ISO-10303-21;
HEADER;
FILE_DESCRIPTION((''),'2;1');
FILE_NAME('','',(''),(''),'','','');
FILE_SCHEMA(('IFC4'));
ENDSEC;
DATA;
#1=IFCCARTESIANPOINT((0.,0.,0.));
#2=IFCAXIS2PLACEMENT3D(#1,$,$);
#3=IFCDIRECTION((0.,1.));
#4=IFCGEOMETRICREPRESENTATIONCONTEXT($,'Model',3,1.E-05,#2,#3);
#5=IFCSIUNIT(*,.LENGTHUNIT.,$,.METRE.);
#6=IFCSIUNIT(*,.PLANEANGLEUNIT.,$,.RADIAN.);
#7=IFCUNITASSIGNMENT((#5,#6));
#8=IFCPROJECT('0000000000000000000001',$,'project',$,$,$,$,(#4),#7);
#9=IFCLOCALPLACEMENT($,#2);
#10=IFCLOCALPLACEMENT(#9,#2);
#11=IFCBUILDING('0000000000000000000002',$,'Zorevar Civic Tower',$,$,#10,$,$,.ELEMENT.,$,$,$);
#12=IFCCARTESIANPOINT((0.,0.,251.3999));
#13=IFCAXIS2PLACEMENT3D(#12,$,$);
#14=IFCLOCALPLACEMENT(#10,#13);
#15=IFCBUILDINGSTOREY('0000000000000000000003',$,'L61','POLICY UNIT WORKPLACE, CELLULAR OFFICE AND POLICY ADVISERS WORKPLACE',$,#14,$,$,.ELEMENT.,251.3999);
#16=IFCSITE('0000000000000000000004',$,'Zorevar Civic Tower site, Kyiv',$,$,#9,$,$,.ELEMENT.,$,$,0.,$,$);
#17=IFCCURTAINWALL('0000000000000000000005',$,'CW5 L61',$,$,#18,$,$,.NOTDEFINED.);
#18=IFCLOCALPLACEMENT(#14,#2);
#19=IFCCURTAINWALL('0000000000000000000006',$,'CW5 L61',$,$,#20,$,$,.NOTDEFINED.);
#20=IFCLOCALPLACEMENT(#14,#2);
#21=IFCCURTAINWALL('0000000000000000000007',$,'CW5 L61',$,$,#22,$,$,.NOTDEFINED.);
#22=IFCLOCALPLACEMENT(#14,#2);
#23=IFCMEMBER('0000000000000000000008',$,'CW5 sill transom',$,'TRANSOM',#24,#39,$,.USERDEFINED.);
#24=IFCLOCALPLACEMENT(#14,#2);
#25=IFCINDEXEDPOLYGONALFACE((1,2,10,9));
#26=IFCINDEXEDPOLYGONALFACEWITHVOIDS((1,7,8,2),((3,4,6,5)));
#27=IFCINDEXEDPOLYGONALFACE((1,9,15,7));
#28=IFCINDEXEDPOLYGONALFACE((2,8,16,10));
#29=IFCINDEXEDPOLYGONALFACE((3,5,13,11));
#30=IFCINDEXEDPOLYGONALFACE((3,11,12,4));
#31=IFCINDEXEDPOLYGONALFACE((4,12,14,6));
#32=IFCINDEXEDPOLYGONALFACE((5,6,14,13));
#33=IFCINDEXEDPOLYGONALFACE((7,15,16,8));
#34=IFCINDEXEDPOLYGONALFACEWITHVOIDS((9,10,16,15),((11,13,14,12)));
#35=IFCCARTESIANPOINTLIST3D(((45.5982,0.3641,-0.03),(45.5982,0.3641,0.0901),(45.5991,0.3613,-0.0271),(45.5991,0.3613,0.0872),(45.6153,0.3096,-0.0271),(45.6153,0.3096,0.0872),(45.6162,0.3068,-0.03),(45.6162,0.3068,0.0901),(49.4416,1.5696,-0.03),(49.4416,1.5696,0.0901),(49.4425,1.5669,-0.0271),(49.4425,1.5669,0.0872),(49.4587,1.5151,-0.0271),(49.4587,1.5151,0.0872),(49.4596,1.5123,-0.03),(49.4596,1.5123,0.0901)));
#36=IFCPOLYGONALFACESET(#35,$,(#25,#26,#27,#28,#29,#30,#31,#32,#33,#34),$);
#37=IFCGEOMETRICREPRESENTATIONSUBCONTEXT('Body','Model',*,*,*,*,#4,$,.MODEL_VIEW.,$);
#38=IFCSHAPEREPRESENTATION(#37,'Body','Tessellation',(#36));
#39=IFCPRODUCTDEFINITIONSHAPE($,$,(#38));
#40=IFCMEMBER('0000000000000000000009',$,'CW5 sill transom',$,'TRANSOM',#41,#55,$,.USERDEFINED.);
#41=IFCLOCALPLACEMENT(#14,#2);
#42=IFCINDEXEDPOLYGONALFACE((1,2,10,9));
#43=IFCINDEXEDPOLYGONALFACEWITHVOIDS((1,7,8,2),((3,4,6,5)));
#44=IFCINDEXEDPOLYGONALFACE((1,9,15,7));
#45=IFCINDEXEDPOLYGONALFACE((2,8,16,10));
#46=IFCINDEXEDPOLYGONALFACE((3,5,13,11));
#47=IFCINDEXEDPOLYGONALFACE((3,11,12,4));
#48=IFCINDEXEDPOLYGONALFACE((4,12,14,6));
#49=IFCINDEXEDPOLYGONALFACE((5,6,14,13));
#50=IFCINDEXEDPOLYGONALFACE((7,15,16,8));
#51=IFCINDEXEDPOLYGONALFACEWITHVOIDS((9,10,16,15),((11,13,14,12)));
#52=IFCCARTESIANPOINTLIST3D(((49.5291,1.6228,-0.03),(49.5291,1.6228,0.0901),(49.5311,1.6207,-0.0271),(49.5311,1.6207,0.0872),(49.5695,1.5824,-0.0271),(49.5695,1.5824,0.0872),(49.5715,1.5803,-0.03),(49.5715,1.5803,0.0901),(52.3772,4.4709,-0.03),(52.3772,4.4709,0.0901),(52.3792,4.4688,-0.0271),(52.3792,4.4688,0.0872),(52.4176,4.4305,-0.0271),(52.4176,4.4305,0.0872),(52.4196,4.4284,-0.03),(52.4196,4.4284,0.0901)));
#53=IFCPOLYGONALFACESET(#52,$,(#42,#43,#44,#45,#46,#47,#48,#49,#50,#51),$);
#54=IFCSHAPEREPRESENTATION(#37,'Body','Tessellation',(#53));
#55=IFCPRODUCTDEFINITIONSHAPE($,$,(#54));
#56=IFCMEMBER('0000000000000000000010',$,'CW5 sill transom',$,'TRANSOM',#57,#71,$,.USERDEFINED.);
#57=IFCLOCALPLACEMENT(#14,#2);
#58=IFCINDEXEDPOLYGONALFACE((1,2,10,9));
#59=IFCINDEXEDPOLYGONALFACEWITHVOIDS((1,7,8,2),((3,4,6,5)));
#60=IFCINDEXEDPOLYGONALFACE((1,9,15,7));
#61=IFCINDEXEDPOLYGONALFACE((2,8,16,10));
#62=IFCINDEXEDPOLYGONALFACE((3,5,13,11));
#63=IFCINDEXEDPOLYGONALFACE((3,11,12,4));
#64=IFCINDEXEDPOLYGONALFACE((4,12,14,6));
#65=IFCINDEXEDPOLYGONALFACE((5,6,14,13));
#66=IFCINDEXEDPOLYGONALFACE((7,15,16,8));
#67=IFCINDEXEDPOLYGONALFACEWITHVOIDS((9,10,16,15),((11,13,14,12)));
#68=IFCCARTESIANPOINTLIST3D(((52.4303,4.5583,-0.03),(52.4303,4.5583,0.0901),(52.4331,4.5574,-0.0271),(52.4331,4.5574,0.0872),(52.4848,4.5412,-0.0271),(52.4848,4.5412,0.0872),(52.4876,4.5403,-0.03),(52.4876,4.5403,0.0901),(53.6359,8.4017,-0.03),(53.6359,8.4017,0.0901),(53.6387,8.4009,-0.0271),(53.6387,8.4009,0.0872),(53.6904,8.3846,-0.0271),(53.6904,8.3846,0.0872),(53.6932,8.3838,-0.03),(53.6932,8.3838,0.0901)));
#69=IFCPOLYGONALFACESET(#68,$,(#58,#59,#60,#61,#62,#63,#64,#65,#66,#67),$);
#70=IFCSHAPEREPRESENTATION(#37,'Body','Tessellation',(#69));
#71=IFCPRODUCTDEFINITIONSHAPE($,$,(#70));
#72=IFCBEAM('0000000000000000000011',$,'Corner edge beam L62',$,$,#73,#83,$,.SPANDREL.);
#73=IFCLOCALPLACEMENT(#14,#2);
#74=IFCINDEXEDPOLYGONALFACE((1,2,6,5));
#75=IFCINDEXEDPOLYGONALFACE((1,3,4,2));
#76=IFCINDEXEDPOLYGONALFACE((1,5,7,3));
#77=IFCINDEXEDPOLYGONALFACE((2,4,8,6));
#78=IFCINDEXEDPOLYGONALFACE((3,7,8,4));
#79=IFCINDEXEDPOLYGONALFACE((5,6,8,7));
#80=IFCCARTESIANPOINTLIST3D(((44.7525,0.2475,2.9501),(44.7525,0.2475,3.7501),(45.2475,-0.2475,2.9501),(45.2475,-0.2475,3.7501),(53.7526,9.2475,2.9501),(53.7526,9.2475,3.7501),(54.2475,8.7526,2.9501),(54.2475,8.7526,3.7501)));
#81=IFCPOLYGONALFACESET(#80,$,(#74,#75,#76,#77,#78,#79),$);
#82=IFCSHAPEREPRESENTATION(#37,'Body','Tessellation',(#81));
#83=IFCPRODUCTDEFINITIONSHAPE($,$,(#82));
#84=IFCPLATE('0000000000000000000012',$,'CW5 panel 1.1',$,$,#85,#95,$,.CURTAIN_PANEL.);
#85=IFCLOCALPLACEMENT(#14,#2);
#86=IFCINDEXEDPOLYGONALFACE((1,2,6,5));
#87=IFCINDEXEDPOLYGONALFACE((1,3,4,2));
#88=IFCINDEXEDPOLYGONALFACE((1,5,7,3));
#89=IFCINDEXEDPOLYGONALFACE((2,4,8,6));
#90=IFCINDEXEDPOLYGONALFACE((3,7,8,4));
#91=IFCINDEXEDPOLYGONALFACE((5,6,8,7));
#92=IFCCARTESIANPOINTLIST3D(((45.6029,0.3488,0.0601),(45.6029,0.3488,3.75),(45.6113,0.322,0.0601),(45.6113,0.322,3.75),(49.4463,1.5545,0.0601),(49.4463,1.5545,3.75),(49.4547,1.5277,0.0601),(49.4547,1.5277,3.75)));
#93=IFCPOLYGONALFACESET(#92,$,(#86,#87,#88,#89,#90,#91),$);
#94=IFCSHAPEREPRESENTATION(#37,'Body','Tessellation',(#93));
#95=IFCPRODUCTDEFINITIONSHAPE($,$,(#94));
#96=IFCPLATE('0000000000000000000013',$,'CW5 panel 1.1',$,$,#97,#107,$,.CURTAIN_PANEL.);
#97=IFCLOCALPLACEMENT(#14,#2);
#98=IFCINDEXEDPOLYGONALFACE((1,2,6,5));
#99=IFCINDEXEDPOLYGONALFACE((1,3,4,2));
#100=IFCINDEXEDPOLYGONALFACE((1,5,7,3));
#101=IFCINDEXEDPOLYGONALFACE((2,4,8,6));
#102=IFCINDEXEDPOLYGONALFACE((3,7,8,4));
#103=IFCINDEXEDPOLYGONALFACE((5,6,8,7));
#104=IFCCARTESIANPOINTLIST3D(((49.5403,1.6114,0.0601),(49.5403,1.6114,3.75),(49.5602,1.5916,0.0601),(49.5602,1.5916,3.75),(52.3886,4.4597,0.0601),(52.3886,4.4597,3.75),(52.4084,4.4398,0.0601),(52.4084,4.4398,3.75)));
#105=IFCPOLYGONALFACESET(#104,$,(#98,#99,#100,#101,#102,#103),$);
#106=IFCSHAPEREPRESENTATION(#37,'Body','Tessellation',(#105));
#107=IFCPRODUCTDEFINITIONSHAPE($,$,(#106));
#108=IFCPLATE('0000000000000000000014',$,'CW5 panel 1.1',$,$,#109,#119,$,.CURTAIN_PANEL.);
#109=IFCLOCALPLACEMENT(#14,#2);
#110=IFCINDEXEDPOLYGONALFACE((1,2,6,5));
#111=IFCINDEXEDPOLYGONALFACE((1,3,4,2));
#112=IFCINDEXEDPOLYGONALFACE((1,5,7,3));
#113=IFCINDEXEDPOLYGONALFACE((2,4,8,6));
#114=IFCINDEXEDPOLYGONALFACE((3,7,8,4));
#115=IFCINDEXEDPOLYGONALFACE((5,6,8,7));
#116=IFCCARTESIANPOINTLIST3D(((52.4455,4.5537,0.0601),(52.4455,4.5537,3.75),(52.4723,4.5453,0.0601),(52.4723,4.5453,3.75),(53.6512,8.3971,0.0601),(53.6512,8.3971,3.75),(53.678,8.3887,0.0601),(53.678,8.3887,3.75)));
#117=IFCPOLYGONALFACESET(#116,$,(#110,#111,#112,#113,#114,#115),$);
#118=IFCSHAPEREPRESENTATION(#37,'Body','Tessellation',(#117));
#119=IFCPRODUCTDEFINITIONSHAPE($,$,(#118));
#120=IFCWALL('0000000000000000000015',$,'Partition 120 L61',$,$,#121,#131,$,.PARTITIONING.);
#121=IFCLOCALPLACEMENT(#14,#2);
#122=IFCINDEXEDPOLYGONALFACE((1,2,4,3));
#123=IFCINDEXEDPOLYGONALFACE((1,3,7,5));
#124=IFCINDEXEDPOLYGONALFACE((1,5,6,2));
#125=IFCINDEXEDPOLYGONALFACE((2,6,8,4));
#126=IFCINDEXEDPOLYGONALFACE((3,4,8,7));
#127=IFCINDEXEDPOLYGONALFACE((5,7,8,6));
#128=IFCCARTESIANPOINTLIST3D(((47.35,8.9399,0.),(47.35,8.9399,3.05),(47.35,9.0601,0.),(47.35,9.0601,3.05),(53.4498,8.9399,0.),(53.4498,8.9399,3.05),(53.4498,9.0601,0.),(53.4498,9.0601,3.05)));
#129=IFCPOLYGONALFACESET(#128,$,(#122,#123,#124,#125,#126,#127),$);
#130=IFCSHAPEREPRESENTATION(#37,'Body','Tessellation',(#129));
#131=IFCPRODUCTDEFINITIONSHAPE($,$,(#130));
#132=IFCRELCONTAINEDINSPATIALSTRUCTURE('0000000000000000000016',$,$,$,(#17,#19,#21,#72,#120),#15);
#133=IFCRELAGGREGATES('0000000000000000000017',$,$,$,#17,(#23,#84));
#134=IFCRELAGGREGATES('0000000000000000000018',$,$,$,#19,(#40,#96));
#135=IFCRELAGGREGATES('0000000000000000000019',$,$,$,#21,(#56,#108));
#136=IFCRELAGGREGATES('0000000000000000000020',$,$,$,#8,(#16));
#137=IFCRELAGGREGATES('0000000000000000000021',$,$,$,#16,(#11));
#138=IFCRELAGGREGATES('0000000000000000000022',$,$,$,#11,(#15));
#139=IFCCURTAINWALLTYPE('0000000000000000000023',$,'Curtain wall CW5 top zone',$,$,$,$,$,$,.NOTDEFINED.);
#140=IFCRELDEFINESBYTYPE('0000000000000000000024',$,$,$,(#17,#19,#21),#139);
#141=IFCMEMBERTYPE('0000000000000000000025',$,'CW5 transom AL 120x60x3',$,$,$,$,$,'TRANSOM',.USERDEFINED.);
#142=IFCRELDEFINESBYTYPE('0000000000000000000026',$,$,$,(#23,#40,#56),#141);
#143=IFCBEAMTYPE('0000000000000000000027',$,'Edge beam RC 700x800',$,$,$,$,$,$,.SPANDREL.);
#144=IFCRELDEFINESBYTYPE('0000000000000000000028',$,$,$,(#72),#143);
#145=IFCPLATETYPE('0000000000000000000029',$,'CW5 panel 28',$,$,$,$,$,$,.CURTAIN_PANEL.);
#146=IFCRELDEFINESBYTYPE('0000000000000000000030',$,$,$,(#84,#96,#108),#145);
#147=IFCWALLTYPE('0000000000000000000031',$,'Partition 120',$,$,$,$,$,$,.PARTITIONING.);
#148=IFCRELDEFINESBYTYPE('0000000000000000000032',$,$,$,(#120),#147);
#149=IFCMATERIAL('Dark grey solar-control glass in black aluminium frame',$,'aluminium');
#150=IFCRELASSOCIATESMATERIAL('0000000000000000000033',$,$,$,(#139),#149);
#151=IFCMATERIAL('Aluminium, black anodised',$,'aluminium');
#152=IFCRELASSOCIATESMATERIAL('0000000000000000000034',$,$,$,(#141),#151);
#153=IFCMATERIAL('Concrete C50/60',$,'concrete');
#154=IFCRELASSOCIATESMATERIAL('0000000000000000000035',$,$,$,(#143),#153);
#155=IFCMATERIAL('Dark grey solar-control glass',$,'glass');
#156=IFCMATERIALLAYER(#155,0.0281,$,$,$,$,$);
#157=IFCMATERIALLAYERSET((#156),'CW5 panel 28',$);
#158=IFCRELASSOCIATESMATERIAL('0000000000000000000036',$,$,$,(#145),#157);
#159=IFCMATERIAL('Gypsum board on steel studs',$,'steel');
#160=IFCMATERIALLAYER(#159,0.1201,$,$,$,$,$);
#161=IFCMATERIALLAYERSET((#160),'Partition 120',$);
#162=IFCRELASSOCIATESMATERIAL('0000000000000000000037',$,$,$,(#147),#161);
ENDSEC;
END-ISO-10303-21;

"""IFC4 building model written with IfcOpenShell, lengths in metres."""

from ifc_helpers import new_model, si_unit, direction, frame, frame_2d, origin, origin_2d, place, context, subcontext, project, spatial, rectangle, hollow_rectangle, extrude, material, layer, layer_set, material_profile, profile_set, type_object, element, aggregate, save


model = new_model("IFC4")

# Units and contexts
model_context = context("Model", 3, precision=1e-05, world=origin(), true_north=direction((0.0, 1.0)))
body_context = subcontext(model_context, "Body", "Model", "MODEL_VIEW")
ifc_project = project(units=[si_unit("LENGTHUNIT", "METRE"), si_unit("PLANEANGLEUNIT", "RADIAN")], contexts=[model_context])

# Site, building, storey
site_placement = place(None, origin())
site = spatial("IfcSite", under=ifc_project, at=site_placement, Name="Zorevar Civic Tower site, Kyiv", CompositionType="ELEMENT", RefElevation=0.0)
building_placement = place(site_placement, origin())
building = spatial("IfcBuilding", under=site, at=building_placement, Name="Zorevar Civic Tower", CompositionType="ELEMENT")
storey_placement = place(building_placement, frame((0.0, 0.0, 251.3999)))
storey = spatial("IfcBuildingStorey", under=building, at=storey_placement, Name="L61", Description="POLICY UNIT WORKPLACE, CELLULAR OFFICE AND POLICY ADVISERS WORKPLACE", CompositionType="ELEMENT", Elevation=251.3999)

# Shared definitions
ifc_material_1 = material(Name="Dark grey solar-control glass in black aluminium frame", Category="aluminium")
curtain_wall_type = type_object("IfcCurtainWallType", Name="Curtain wall CW5 top zone", PredefinedType="NOTDEFINED", material=ifc_material_1)

# Curtain walls
curtain_wall_1_placement = place(storey_placement, origin())
curtain_wall_1 = element("IfcCurtainWall", 1, at=curtain_wall_1_placement, inside=storey, type_object=curtain_wall_type, Name="CW5 L61", PredefinedType="NOTDEFINED")
curtain_wall_2_placement = place(storey_placement, origin())
curtain_wall_2 = element("IfcCurtainWall", 2, at=curtain_wall_2_placement, inside=storey, type_object=curtain_wall_type, Name="CW5 L61", PredefinedType="NOTDEFINED")
curtain_wall_3_placement = place(storey_placement, origin())
curtain_wall_3 = element("IfcCurtainWall", 3, at=curtain_wall_3_placement, inside=storey, type_object=curtain_wall_type, Name="CW5 L61", PredefinedType="NOTDEFINED")

# Members
ifc_material_2 = material(Name="Aluminium, black anodised", Category="aluminium")
ifc_material_profile_1 = material_profile(ifc_material_2, hollow_rectangle(XDim=0.0601, YDim=0.1201, WallThickness=0.0029, at=origin_2d()), Name="AL 120x60x3")
ifc_profile_set_1 = profile_set([ifc_material_profile_1], Name="Aluminium, black anodised")
member_type_1 = type_object("IfcMemberType", Name="CW5 transom AL 120x60x3", ElementType="TRANSOM", PredefinedType="USERDEFINED", material=ifc_profile_set_1)
member_1_placement = place(storey_placement, frame((45.6072, 0.3354, 0.03), z_axis=(0.954163, 0.299286, 0.0), x_axis=(-0.299286, 0.954163, 0.0)))
member_1 = element("IfcMember", 4, at=member_1_placement, type_object=member_type_1, Name="CW5 sill transom", ObjectType="TRANSOM", PredefinedType="USERDEFINED", context=body_context, shape_type="SweptSolid", body=[
    extrude(hollow_rectangle(XDim=0.0601, YDim=0.1201, WallThickness=0.0029, at=origin_2d()), origin(), (0.0, 0.0, 1.0), 4.0281),
])
member_2_placement = place(storey_placement, frame((49.5503, 1.6016, 0.03), z_axis=(0.707107, 0.707107, 0.0), x_axis=(-0.707107, 0.707107, 0.0)))
member_2 = element("IfcMember", 5, at=member_2_placement, type_object=member_type_1, Name="CW5 sill transom", ObjectType="TRANSOM", PredefinedType="USERDEFINED", context=body_context, shape_type="SweptSolid", body=[
    extrude(hollow_rectangle(XDim=0.0601, YDim=0.1201, WallThickness=0.0029, at=origin_2d()), origin(), (0.0, 0.0, 1.0), 4.0278),
])
member_3_placement = place(storey_placement, frame((52.459, 4.5493, 0.03), z_axis=(0.299286, 0.954163, 0.0), x_axis=(-0.954163, 0.299286, 0.0)))
member_3 = element("IfcMember", 6, at=member_3_placement, type_object=member_type_1, Name="CW5 sill transom", ObjectType="TRANSOM", PredefinedType="USERDEFINED", context=body_context, shape_type="SweptSolid", body=[
    extrude(hollow_rectangle(XDim=0.0601, YDim=0.1201, WallThickness=0.0029, at=origin_2d()), origin(), (0.0, 0.0, 1.0), 4.0281),
])

# Beam
ifc_material_3 = material(Name="Concrete C50/60", Category="concrete")
ifc_material_profile_2 = material_profile(ifc_material_3, rectangle(XDim=0.7, YDim=0.8, at=origin_2d()), Name="RC 700x800")
ifc_profile_set_2 = profile_set([ifc_material_profile_2], Name="Concrete C50/60")
beam_type_1 = type_object("IfcBeamType", Name="Edge beam RC 700x800", PredefinedType="SPANDREL", material=ifc_profile_set_2)
beam_1_placement = place(storey_placement, frame((45.0, 0.0, 3.3501), z_axis=(0.707107, 0.707107, 0.0), x_axis=(-0.707107, 0.707107, 0.0)))
element("IfcBeam", 7, at=beam_1_placement, inside=storey, type_object=beam_type_1, Name="Corner edge beam L62", PredefinedType="SPANDREL", context=body_context, shape_type="SweptSolid", body=[
    extrude(rectangle(XDim=0.7, YDim=0.8, at=origin_2d()), origin(), (0.0, 0.0, 1.0), 12.728),
])

# Plates
ifc_material_4 = material(Name="Dark grey solar-control glass", Category="glass")
ifc_layer_1 = layer(ifc_material_4, 0.0281)
ifc_layer_set_1 = layer_set([ifc_layer_1], Name="CW5 panel 28")
plate_type = type_object("IfcPlateType", Name="CW5 panel 28", PredefinedType="CURTAIN_PANEL", material=ifc_layer_set_1)
plate_1_placement = place(storey_placement, frame((47.5288, 0.9382, 0.0601), z_axis=(0.0, 0.0, 1.0), x_axis=(0.954153, 0.299318, 0.0)))
plate_1 = element("IfcPlate", 8, at=plate_1_placement, type_object=plate_type, Name="CW5 panel 1.1", PredefinedType="CURTAIN_PANEL", context=body_context, shape_type="SweptSolid", body=[
    extrude(rectangle(XDim=4.0281, YDim=0.0281, at=origin_2d()), origin(), (0.0, 0.0, 1.0), 3.6899),
])
aggregate(curtain_wall_1, [member_1, plate_1])
plate_2_placement = place(storey_placement, frame((50.9744, 3.0256, 0.0601), z_axis=(0.0, 0.0, 1.0), x_axis=(0.707107, 0.707107, 0.0)))
plate_2 = element("IfcPlate", 9, at=plate_2_placement, type_object=plate_type, Name="CW5 panel 1.1", PredefinedType="CURTAIN_PANEL", context=body_context, shape_type="SweptSolid", body=[
    extrude(rectangle(XDim=4.0281, YDim=0.0281, at=origin_2d()), origin(), (0.0, 0.0, 1.0), 3.6899),
])
aggregate(curtain_wall_2, [member_2, plate_2])
plate_3_placement = place(storey_placement, frame((53.0618, 6.4712, 0.0601), z_axis=(0.0, 0.0, 1.0), x_axis=(0.299318, 0.954153, 0.0)))
plate_3 = element("IfcPlate", 10, at=plate_3_placement, type_object=plate_type, Name="CW5 panel 1.1", PredefinedType="CURTAIN_PANEL", context=body_context, shape_type="SweptSolid", body=[
    extrude(rectangle(XDim=4.0281, YDim=0.0281, at=origin_2d()), origin(), (0.0, 0.0, 1.0), 3.6899),
])
aggregate(curtain_wall_3, [member_3, plate_3])

# Wall
ifc_material_5 = material(Name="Gypsum board on steel studs", Category="steel")
ifc_layer_2 = layer(ifc_material_5, 0.1201)
ifc_layer_set_2 = layer_set([ifc_layer_2], Name="Partition 120")
wall_type = type_object("IfcWallType", Name="Partition 120", PredefinedType="PARTITIONING", material=ifc_layer_set_2)
wall_placement = place(storey_placement, frame((47.3501, 9.0, 0.0), z_axis=(0.0, 0.0, 1.0), x_axis=(1.0, 0.0, 0.0)))
element("IfcWall", 11, at=wall_placement, inside=storey, type_object=wall_type, Name="Partition 120 L61", PredefinedType="PARTITIONING", context=body_context, shape_type="SweptSolid", body=[
    extrude(rectangle(XDim=6.0999, YDim=0.1201, at=frame_2d((3.0498, 0.0))), origin(), (0.0, 0.0, 1.0), 3.05),
])

save(model, "model.ifc")
